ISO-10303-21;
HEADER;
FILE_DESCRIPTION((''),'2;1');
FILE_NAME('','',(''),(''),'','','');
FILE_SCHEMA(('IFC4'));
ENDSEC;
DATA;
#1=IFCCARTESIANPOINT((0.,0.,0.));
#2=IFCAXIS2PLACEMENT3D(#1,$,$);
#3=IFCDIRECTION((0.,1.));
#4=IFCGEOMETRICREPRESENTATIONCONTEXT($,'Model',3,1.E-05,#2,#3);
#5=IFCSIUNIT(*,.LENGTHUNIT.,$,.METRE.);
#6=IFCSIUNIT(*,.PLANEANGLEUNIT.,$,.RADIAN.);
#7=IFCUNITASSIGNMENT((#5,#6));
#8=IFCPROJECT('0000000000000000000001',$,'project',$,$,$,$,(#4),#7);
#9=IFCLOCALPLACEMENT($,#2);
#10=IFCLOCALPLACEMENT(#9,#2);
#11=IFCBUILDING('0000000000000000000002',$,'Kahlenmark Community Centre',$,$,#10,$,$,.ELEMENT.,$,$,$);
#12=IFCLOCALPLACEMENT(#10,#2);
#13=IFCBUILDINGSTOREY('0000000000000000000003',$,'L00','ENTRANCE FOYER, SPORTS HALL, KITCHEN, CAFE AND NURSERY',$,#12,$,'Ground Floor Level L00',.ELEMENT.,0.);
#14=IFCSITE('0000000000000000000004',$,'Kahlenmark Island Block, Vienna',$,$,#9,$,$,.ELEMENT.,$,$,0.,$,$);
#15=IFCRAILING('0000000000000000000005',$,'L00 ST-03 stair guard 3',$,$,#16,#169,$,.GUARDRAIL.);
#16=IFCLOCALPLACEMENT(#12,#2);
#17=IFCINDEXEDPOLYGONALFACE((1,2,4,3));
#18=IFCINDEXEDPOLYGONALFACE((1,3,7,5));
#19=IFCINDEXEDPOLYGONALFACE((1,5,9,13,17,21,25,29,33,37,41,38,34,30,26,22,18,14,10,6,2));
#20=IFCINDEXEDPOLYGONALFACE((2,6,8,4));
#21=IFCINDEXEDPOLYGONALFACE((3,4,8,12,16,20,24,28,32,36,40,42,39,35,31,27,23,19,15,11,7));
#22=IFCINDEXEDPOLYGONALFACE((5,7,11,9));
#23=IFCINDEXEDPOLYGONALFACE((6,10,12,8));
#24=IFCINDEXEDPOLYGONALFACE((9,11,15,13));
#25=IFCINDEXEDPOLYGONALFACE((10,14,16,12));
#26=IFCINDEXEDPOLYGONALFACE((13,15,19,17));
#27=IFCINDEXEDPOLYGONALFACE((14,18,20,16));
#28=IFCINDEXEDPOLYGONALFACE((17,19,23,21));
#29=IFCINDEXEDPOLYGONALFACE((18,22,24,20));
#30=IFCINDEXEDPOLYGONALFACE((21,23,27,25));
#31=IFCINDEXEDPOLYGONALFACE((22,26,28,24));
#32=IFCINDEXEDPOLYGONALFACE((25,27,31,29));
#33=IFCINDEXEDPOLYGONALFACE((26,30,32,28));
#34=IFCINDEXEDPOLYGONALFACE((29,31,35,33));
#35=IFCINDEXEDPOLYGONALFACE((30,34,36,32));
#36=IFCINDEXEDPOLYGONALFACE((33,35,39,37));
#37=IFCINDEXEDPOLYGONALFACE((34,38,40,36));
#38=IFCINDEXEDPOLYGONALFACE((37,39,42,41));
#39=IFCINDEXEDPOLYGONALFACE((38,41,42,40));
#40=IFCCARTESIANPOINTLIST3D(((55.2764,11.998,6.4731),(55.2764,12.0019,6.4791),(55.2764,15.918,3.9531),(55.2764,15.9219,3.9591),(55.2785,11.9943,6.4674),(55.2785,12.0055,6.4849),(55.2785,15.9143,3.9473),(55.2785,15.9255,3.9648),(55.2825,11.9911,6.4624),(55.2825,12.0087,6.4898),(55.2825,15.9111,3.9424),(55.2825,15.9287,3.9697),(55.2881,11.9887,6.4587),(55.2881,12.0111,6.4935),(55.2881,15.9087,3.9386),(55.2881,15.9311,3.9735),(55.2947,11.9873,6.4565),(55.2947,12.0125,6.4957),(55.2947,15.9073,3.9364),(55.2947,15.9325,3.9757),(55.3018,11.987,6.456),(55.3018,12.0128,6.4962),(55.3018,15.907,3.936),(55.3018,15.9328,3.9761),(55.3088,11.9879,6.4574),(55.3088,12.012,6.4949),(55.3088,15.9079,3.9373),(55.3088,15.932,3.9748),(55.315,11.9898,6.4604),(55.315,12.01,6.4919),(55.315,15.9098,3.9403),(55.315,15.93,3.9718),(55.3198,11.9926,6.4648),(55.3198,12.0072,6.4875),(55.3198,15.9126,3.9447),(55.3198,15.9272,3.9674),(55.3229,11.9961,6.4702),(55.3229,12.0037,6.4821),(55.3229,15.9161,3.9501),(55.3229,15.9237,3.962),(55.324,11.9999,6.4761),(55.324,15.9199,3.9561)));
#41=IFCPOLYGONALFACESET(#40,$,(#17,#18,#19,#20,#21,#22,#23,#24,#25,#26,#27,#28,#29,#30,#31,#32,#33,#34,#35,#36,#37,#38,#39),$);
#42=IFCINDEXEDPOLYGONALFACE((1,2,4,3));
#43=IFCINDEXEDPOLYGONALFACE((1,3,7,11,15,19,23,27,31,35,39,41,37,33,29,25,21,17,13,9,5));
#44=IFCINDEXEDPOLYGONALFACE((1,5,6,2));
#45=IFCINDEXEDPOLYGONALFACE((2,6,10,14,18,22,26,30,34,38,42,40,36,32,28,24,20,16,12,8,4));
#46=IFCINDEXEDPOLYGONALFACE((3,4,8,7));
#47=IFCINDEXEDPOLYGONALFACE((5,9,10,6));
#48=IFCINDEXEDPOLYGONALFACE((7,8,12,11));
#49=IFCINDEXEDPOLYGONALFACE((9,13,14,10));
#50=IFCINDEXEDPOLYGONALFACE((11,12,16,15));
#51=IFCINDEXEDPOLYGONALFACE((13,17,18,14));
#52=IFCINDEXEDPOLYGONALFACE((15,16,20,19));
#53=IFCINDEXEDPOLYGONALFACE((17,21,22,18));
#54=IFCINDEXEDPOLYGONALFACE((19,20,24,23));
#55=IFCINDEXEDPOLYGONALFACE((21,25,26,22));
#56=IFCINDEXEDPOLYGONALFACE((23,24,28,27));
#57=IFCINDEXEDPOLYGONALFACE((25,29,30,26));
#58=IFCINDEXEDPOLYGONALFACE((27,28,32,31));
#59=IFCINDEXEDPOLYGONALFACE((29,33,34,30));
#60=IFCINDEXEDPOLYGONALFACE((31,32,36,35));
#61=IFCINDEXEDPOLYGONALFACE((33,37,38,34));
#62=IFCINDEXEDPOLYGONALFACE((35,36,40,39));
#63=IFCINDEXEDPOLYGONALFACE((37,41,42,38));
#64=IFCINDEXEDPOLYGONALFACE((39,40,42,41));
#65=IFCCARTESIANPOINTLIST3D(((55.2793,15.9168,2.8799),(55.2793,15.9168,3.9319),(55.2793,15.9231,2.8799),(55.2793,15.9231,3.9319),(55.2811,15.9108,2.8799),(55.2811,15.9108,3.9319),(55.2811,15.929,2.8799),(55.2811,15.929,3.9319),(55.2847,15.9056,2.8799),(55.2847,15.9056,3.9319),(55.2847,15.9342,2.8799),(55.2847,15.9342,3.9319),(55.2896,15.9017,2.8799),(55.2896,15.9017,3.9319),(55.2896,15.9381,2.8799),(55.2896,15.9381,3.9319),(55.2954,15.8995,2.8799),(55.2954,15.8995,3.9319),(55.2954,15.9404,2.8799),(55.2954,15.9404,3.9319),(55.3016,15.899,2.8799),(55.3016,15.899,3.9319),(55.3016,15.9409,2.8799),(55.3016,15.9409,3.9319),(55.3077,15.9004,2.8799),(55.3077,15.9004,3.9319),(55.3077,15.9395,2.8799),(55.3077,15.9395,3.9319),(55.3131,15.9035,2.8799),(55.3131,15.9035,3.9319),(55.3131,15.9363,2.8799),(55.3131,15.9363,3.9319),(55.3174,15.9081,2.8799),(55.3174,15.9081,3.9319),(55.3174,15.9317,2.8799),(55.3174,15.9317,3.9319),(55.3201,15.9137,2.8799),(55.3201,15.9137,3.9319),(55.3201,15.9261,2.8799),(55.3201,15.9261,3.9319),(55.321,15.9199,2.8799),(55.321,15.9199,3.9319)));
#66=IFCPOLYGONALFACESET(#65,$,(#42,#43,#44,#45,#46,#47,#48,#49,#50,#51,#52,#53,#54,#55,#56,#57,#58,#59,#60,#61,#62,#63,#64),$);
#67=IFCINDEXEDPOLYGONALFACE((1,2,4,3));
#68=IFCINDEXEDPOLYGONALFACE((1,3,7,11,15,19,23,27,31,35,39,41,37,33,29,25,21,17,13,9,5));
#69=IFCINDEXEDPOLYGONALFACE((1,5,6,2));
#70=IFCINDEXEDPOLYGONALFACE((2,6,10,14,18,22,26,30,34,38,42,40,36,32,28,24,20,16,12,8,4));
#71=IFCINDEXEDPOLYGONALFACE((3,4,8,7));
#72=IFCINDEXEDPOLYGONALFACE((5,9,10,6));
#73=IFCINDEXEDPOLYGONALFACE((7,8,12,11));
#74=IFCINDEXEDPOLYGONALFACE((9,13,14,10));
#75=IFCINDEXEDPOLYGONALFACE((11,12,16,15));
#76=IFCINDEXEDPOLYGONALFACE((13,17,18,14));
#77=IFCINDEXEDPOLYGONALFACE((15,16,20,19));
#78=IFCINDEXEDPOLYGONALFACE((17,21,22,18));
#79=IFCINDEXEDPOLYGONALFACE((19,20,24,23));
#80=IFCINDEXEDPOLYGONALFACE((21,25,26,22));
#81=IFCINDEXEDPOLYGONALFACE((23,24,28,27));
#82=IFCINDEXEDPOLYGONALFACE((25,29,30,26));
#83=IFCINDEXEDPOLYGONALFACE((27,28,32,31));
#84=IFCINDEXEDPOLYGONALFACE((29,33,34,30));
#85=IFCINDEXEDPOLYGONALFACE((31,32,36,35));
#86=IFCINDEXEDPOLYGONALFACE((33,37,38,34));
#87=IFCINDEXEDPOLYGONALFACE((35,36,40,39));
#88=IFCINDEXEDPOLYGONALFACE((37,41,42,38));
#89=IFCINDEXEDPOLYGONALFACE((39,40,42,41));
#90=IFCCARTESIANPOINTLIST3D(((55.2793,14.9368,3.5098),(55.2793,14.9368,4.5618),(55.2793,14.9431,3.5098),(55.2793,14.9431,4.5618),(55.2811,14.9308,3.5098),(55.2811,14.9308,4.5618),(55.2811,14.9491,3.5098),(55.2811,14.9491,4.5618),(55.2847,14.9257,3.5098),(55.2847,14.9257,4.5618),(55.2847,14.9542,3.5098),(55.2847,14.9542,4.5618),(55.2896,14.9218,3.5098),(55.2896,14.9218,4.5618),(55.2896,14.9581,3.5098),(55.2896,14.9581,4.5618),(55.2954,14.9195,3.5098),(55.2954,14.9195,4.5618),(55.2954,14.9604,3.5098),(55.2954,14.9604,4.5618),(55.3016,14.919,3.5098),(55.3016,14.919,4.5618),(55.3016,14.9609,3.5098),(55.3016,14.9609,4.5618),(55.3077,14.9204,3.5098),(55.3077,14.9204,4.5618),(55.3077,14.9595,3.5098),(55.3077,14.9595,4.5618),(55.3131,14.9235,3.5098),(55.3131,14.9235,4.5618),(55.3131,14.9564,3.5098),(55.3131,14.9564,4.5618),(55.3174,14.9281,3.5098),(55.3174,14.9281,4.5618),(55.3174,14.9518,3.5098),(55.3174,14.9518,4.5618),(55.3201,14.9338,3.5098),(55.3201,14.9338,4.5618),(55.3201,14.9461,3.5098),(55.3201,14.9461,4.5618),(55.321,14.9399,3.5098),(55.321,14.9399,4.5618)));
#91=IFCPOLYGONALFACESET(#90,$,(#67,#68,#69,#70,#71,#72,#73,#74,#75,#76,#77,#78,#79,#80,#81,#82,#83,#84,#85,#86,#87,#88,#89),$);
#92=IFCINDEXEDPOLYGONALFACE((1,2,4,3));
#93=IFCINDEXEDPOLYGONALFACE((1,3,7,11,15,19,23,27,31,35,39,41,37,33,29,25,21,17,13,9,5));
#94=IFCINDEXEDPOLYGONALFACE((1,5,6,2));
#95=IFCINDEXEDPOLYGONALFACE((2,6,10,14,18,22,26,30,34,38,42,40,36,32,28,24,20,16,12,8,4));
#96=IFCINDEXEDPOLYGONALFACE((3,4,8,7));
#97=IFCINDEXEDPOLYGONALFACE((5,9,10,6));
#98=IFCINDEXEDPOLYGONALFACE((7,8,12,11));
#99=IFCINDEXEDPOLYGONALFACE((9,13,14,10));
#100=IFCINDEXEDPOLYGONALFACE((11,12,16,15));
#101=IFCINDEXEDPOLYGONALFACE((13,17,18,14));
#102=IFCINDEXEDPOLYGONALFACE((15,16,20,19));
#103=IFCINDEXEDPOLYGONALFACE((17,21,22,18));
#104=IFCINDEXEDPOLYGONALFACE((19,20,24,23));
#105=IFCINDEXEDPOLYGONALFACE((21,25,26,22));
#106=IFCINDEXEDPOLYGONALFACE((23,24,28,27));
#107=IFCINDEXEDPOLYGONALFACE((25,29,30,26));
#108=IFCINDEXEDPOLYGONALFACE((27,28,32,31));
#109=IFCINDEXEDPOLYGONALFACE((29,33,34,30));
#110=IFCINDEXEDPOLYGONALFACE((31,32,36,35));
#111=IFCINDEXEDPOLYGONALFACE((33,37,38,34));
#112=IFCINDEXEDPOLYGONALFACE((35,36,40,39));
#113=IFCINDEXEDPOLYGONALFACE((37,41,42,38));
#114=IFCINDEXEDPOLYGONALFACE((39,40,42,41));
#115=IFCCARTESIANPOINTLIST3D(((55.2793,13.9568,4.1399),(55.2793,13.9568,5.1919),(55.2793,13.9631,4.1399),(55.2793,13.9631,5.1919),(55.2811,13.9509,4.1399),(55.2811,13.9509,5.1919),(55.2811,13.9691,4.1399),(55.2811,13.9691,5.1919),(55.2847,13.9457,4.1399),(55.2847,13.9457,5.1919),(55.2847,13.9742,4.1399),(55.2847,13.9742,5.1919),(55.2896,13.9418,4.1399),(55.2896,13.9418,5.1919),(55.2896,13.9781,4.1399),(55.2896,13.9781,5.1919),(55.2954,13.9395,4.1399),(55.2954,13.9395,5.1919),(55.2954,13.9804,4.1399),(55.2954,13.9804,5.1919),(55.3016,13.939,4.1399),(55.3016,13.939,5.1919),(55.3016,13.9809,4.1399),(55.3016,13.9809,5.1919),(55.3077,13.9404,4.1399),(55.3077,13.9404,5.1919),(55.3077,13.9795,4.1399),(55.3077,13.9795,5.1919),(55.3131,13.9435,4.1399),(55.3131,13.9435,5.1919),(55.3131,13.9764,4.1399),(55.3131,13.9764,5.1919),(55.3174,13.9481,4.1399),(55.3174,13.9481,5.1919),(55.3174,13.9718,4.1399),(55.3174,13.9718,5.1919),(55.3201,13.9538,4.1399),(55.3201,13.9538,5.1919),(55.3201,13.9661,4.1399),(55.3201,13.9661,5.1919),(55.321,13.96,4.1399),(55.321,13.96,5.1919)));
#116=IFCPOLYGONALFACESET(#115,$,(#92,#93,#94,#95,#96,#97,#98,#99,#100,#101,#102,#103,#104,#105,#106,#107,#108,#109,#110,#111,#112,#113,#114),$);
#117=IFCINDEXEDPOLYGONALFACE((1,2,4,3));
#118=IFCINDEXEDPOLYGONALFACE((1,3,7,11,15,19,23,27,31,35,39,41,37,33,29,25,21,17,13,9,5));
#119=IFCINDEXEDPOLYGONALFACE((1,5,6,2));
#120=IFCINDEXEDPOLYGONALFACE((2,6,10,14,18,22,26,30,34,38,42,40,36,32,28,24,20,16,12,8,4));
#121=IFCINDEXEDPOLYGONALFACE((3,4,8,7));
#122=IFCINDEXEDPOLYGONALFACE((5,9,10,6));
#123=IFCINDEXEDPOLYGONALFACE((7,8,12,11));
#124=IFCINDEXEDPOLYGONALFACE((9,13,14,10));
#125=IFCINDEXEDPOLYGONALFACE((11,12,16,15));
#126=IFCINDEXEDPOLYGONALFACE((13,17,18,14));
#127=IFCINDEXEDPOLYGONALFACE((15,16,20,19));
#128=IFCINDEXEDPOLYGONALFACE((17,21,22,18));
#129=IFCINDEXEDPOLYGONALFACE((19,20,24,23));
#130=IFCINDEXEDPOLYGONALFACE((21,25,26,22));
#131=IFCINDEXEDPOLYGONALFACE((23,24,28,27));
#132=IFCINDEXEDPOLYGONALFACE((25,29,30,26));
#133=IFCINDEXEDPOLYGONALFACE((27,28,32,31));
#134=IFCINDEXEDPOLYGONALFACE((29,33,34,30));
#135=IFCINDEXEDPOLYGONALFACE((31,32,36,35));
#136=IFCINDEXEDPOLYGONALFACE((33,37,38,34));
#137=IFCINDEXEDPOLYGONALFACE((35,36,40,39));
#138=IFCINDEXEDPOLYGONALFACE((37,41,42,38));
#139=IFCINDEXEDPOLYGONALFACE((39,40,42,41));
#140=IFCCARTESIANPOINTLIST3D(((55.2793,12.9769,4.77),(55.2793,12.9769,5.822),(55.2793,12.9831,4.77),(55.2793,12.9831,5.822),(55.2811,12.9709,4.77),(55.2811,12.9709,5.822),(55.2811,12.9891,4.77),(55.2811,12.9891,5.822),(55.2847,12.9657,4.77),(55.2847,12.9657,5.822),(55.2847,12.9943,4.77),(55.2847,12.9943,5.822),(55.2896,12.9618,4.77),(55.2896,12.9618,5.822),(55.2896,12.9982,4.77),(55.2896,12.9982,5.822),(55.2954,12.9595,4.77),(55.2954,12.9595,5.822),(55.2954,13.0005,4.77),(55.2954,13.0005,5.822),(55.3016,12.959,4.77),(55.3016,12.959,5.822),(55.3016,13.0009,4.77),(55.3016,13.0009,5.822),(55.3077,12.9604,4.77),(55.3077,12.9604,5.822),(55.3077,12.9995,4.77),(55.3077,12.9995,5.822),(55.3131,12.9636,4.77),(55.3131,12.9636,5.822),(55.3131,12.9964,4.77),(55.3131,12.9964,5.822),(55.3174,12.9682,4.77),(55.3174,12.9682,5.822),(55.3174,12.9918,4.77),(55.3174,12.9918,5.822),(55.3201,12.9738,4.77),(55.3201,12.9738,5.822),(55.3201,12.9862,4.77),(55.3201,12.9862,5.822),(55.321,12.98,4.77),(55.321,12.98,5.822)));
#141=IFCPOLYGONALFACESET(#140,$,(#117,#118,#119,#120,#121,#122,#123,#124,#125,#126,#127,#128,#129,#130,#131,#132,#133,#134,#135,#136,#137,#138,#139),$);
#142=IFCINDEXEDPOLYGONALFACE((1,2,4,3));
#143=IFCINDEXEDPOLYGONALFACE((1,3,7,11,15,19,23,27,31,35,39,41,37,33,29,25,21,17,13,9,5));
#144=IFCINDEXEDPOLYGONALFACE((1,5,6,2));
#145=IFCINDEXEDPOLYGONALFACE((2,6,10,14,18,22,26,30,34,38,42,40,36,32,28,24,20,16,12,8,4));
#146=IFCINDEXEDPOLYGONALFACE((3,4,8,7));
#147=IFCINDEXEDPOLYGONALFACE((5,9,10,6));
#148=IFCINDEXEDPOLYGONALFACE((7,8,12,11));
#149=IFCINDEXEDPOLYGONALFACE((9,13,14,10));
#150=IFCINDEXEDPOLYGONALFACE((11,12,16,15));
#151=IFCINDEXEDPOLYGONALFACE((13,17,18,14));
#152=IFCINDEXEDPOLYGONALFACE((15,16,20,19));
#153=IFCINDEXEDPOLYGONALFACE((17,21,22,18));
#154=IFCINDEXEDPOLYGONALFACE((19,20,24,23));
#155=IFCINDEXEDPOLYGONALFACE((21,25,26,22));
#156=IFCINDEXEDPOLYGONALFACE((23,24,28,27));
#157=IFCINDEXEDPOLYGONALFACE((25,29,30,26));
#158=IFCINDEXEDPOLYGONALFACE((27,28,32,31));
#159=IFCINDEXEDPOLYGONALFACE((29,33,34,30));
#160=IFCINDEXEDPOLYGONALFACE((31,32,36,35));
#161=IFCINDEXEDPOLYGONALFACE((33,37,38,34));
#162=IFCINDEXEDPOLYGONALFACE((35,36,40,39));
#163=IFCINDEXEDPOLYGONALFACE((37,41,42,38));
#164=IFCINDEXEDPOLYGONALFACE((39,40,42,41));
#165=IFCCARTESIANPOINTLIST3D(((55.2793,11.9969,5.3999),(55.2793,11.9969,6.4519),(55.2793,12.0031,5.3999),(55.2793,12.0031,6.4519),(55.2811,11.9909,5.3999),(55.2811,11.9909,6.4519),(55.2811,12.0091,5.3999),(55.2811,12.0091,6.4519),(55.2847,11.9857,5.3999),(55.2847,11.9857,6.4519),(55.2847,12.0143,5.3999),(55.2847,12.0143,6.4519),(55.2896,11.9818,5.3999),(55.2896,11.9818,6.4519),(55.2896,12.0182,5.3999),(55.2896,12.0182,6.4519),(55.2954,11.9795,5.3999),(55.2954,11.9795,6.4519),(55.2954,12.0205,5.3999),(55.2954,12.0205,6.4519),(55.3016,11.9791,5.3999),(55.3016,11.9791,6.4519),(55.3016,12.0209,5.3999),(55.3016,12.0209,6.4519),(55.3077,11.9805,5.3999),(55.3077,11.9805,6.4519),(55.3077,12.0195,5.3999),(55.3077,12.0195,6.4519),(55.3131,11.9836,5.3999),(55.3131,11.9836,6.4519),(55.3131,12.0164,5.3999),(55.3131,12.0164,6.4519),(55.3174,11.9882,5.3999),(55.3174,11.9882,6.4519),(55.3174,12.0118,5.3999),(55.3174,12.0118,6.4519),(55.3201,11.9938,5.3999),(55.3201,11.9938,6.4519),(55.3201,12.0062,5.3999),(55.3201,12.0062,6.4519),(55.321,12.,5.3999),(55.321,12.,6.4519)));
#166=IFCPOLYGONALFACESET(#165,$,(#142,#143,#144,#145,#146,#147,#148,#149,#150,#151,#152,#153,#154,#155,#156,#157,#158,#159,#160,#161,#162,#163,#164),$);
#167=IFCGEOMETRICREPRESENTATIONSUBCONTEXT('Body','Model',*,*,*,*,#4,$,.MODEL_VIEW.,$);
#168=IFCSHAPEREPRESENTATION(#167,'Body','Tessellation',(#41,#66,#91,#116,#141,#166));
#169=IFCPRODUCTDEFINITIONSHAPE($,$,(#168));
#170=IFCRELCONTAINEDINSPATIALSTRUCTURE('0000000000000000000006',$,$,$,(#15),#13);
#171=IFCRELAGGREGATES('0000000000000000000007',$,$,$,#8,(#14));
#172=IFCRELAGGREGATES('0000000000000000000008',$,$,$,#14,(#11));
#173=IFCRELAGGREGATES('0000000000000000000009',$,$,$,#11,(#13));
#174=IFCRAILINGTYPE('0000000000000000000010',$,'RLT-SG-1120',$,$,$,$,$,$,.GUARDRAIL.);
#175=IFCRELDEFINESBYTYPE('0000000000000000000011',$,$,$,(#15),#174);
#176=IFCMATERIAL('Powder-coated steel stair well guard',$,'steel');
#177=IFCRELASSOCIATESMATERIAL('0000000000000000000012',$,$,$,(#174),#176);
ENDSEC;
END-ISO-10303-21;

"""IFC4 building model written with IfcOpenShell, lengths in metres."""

from ifc_helpers import new_model, si_unit, direction, frame, origin, origin_2d, place, context, subcontext, project, spatial, circle, extrude, material, type_object, element, save


model = new_model("IFC4")

# Units and contexts
model_context = context("Model", 3, precision=1e-05, world=origin(), true_north=direction((0.0, 1.0)))
body_context = subcontext(model_context, "Body", "Model", "MODEL_VIEW")
ifc_project = project(units=[si_unit("LENGTHUNIT", "METRE"), si_unit("PLANEANGLEUNIT", "RADIAN")], contexts=[model_context])

# Site, building, storey
site_placement = place(None, origin())
site = spatial("IfcSite", under=ifc_project, at=site_placement, Name="Kahlenmark Island Block, Vienna", CompositionType="ELEMENT", RefElevation=0.0)
building_placement = place(site_placement, origin())
building = spatial("IfcBuilding", under=site, at=building_placement, Name="Kahlenmark Community Centre", CompositionType="ELEMENT")
storey_placement = place(building_placement, origin())
storey = spatial("IfcBuildingStorey", under=building, at=storey_placement, Name="L00", Description="ENTRANCE FOYER, SPORTS HALL, KITCHEN, CAFE AND NURSERY", LongName="Ground Floor Level L00", CompositionType="ELEMENT", Elevation=0.0)

# Railing
ifc_material_1 = material(Name="Powder-coated steel stair well guard", Category="steel")
railing_type_1 = type_object("IfcRailingType", Name="RLT-SG-1120", PredefinedType="GUARDRAIL", material=ifc_material_1)
railing_1_placement = place(storey_placement, frame((55.3, 15.9199, 2.8799)))
element("IfcRailing", 1, at=railing_1_placement, inside=storey, type_object=railing_type_1, Name="L00 ST-03 stair guard 3", PredefinedType="GUARDRAIL", context=body_context, shape_type="SweptSolid", body=[
    extrude(circle(Radius=0.0239, at=origin_2d()), frame((0.0, 0.0, 1.0762), z_axis=(0.0, -0.841172, 0.540768), x_axis=(1.0, 0.0, 0.0)), (0.0, 0.0, 1.0), 4.6602),
    extrude(circle(Radius=0.021, at=origin_2d()), origin(), (0.0, 0.0, 1.0), 1.052),
    extrude(circle(Radius=0.021, at=origin_2d()), frame((0.0, -0.98, 0.6299)), (0.0, 0.0, 1.0), 1.052),
    extrude(circle(Radius=0.021, at=origin_2d()), frame((0.0, -1.96, 1.26)), (0.0, 0.0, 1.0), 1.052),
    extrude(circle(Radius=0.021, at=origin_2d()), frame((0.0, -2.9399, 1.8901)), (0.0, 0.0, 1.0), 1.052),
    extrude(circle(Radius=0.021, at=origin_2d()), frame((0.0, -3.9199, 2.52)), (0.0, 0.0, 1.0), 1.052),
])

save(model, "model.ifc")
